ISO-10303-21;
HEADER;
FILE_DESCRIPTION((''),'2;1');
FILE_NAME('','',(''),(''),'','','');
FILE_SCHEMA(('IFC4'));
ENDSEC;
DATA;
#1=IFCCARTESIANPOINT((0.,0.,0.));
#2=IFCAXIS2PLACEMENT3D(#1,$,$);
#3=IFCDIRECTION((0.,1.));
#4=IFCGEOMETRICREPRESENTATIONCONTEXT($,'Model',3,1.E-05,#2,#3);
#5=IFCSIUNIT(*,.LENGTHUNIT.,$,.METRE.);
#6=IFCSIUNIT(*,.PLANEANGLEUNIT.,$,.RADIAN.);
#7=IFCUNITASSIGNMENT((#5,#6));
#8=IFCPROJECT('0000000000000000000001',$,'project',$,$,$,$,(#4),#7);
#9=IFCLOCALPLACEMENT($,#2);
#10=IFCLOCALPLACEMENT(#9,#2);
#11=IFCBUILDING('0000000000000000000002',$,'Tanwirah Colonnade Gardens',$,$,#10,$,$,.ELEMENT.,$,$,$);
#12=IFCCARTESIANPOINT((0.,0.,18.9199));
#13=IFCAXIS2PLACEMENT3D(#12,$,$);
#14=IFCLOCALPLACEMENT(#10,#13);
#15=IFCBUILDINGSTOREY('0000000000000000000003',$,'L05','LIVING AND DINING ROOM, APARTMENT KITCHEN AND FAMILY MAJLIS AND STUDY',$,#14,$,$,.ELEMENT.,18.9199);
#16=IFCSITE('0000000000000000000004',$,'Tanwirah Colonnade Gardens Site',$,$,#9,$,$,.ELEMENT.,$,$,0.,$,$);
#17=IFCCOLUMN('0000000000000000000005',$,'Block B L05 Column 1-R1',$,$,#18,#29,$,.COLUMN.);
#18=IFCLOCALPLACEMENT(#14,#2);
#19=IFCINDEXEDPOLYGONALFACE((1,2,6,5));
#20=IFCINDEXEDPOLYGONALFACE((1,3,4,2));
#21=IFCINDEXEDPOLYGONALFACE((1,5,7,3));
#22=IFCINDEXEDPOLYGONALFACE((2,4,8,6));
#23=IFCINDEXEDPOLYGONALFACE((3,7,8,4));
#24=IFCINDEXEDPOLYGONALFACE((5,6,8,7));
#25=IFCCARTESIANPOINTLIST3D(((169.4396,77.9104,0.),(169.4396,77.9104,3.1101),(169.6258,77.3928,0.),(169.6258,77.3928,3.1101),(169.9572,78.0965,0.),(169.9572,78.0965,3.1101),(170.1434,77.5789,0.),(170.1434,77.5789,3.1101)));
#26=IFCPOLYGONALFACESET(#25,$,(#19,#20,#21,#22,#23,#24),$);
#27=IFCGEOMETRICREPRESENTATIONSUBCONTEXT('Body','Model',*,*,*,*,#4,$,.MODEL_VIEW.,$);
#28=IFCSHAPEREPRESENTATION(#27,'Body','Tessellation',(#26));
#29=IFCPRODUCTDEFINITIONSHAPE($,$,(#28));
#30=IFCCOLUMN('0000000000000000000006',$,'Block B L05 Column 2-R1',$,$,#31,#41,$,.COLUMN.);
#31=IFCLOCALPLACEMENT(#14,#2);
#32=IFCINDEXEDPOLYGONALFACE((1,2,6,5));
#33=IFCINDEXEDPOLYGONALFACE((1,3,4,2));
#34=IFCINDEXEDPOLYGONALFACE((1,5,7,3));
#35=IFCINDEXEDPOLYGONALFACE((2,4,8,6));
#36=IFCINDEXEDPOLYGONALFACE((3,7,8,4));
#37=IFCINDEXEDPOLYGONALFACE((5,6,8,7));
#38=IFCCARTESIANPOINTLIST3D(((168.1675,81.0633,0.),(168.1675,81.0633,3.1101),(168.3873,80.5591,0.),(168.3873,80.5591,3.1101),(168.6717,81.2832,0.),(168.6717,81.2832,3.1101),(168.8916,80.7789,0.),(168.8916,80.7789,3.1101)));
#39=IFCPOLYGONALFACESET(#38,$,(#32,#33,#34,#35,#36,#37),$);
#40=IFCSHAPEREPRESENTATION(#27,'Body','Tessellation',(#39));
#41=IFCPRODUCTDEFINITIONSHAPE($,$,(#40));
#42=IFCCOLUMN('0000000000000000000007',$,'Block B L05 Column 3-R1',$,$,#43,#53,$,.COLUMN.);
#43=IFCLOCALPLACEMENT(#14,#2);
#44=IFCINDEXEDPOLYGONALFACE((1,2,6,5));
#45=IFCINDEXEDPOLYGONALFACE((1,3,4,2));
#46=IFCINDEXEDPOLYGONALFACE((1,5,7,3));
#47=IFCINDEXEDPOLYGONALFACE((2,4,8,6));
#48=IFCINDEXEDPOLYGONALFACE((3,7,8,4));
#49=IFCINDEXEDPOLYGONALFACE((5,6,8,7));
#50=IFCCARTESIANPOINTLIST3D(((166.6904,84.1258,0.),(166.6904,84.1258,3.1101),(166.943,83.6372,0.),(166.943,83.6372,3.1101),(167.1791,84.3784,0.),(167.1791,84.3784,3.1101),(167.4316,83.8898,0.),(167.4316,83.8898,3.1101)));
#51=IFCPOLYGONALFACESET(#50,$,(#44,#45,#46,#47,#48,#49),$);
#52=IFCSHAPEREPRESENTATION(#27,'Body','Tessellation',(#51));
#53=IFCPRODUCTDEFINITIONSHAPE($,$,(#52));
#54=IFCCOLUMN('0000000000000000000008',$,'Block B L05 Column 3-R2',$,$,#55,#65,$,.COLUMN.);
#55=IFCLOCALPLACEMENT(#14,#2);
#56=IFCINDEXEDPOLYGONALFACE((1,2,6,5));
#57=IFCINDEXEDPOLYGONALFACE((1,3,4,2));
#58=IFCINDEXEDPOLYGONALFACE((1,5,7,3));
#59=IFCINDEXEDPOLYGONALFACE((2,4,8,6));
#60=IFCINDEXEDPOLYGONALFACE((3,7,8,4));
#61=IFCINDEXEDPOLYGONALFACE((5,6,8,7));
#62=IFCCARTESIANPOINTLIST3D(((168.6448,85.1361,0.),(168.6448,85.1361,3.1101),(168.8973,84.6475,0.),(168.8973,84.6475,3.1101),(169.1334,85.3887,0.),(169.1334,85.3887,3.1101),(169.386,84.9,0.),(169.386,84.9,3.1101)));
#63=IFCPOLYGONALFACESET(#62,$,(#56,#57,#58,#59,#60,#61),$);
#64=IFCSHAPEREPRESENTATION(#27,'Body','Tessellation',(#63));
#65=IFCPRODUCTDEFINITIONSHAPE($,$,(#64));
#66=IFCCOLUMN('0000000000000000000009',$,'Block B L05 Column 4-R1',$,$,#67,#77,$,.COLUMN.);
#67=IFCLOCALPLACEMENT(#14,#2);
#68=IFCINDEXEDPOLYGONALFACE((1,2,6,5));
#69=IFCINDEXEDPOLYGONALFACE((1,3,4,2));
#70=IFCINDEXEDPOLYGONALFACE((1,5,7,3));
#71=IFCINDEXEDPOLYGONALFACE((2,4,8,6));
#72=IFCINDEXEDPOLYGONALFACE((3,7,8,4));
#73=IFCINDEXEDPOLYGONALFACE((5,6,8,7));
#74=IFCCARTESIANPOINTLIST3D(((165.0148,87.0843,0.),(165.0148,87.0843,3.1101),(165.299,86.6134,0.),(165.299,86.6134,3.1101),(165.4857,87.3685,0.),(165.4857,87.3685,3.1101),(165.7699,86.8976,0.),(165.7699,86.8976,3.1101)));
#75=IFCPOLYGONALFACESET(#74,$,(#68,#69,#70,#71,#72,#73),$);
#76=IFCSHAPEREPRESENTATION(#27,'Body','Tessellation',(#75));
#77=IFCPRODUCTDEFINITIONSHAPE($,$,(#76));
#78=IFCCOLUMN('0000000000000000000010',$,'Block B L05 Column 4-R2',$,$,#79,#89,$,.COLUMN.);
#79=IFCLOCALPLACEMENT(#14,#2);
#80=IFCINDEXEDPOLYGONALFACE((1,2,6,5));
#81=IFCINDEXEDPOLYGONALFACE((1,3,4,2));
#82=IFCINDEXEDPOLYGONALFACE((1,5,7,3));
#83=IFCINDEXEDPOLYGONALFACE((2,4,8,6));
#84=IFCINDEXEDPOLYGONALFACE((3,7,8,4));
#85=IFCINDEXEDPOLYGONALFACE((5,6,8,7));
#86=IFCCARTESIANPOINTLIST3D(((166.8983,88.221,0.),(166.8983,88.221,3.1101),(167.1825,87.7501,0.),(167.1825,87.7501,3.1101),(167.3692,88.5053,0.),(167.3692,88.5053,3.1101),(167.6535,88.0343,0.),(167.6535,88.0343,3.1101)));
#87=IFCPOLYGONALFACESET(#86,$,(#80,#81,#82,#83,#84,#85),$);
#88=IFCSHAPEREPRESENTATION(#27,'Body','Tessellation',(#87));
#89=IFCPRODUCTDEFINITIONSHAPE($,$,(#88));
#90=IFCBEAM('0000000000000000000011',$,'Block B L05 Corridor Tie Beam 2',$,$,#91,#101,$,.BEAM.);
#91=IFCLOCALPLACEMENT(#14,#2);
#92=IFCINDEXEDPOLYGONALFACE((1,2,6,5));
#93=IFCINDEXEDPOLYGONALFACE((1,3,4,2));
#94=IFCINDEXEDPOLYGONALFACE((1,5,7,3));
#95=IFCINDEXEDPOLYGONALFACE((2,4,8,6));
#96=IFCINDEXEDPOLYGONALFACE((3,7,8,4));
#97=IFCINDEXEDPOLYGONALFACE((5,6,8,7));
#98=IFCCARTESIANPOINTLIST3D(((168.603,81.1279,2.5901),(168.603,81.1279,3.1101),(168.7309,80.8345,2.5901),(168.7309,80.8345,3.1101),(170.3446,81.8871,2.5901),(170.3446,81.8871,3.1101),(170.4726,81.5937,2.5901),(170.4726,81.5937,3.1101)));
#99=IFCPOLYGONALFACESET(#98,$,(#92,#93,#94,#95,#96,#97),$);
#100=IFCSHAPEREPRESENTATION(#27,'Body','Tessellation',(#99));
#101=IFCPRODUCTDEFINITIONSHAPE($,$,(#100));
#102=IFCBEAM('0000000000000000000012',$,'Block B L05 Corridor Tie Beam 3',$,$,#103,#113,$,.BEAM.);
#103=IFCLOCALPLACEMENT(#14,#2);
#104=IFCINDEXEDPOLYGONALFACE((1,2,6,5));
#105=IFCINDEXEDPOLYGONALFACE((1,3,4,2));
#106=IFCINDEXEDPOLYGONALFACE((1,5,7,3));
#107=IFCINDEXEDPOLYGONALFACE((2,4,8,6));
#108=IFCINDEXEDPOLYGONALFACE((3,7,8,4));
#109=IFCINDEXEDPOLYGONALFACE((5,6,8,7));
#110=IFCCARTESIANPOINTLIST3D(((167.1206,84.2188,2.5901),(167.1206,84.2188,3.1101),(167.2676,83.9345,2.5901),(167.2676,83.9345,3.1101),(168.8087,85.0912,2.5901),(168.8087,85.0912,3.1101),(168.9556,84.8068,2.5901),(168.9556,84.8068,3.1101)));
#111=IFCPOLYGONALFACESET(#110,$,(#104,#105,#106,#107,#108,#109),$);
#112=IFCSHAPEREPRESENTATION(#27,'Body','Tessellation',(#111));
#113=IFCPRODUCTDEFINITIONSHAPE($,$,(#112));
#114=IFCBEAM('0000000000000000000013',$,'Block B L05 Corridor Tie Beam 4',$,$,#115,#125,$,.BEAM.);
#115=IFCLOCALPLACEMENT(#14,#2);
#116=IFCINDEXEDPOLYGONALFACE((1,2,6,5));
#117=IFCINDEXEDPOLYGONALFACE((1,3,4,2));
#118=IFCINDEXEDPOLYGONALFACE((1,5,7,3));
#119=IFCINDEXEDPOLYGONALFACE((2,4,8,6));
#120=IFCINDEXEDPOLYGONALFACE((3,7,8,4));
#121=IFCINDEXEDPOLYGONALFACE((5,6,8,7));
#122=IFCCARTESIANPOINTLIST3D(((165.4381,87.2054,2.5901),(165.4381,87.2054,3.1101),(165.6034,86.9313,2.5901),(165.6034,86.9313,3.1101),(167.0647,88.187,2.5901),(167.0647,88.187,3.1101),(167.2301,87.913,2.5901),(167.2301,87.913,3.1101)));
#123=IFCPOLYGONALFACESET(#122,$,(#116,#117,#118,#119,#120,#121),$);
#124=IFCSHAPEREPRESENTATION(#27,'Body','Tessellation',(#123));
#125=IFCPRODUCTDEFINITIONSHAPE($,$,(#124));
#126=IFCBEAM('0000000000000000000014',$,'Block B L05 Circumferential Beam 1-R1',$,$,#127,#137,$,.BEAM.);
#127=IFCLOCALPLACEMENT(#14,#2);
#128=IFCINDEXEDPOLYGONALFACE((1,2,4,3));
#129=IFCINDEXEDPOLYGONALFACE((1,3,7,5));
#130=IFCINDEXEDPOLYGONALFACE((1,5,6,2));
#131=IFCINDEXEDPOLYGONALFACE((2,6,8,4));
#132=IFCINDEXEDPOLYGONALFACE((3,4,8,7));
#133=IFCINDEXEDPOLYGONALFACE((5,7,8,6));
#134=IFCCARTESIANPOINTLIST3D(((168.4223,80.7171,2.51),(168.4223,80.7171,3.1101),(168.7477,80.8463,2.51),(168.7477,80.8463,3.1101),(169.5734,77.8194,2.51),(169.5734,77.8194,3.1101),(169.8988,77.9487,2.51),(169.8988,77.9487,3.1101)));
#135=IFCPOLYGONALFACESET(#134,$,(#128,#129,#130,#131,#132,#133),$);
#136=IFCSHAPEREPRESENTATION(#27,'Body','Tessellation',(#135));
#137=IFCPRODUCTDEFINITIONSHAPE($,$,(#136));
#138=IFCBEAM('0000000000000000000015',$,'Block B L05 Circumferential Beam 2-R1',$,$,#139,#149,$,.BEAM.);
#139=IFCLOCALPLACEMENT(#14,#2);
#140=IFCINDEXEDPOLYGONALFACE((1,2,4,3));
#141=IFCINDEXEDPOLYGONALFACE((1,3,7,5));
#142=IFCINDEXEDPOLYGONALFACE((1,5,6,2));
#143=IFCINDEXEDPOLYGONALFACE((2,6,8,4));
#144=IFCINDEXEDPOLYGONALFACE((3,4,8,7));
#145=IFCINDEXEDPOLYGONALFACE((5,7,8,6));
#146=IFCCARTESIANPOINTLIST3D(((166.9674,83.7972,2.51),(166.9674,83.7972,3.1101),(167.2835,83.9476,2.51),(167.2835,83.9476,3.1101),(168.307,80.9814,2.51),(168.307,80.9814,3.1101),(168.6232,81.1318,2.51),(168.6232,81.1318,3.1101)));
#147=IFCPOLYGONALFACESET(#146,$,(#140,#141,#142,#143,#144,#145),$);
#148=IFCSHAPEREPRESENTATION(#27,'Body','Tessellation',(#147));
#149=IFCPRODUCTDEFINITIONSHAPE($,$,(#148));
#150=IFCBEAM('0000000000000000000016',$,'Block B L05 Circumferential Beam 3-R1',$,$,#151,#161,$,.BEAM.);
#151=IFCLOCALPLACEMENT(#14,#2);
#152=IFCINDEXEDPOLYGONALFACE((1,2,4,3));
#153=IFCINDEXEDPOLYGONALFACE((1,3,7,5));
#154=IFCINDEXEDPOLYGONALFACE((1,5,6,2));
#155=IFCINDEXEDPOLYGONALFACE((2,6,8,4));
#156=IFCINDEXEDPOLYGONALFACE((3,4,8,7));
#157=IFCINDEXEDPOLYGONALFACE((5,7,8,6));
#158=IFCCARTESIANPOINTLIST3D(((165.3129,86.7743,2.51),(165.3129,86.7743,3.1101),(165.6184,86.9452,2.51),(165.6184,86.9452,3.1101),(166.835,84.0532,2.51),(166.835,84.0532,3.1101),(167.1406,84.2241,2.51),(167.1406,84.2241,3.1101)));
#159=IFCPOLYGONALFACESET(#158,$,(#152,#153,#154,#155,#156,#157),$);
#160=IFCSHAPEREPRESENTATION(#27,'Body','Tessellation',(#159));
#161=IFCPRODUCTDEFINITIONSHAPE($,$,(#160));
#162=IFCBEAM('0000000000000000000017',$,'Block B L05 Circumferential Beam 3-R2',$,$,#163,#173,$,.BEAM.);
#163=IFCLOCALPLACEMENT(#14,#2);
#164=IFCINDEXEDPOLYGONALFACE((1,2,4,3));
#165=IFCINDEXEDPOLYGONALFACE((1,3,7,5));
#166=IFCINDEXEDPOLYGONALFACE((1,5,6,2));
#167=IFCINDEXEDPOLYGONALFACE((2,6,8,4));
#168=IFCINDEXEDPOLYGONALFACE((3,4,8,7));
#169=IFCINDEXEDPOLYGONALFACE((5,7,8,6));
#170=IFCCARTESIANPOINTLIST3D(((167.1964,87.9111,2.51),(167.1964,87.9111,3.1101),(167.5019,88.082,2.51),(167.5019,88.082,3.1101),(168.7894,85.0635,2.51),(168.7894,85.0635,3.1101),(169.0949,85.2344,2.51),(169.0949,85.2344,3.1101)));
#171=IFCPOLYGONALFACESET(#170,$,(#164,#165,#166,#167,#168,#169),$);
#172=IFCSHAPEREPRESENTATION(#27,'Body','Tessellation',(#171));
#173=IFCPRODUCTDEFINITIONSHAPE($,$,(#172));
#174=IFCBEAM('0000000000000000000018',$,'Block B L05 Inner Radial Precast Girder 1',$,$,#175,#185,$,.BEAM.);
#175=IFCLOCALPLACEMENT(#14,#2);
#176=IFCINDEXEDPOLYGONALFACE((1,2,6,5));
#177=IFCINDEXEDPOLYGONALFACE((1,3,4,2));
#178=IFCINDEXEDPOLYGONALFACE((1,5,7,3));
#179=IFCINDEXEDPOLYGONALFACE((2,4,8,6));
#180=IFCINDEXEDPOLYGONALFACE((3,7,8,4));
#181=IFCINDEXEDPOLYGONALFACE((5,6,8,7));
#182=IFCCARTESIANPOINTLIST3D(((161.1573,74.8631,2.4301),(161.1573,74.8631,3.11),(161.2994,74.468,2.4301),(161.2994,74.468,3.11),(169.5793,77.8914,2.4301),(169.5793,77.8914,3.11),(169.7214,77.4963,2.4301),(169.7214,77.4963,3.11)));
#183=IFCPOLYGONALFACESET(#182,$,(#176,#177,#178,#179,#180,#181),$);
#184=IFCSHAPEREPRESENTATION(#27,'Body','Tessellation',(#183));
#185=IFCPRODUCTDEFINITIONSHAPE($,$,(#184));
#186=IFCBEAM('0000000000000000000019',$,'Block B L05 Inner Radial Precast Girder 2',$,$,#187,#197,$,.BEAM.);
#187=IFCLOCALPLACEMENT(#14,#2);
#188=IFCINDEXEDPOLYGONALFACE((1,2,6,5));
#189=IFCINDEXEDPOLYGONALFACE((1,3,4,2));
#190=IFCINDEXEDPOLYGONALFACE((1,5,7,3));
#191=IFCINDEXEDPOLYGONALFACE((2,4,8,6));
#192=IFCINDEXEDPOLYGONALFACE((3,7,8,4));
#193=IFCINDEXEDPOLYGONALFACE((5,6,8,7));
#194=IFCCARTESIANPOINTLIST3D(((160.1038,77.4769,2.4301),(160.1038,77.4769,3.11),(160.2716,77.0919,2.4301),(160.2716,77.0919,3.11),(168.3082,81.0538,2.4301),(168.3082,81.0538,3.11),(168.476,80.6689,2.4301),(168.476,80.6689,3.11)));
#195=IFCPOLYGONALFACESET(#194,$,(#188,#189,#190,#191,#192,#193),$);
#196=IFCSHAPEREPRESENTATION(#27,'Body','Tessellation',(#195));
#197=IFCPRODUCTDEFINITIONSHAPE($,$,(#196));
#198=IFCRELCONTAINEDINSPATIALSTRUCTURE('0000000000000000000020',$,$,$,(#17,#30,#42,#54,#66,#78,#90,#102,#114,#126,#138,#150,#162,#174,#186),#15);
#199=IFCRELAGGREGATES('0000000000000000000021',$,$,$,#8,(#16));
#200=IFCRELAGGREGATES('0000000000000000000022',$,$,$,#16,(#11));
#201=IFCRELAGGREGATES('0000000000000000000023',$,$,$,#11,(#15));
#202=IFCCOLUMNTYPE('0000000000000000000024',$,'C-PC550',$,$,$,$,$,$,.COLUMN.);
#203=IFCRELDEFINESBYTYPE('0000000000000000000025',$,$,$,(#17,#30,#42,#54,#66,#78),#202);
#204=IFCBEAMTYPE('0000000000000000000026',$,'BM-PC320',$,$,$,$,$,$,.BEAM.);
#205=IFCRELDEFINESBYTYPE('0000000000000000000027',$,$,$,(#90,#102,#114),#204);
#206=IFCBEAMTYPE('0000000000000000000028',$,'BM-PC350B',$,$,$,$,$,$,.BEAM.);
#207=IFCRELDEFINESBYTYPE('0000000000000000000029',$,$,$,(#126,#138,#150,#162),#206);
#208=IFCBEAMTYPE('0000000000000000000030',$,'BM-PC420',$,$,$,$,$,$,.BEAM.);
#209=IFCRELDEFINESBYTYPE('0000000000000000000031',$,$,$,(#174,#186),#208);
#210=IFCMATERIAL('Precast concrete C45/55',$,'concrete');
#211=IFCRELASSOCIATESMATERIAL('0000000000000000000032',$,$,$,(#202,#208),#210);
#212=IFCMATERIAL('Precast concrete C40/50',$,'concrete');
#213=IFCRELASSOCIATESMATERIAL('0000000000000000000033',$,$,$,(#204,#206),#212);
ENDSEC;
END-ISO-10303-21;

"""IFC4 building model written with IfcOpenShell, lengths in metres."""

from ifc_helpers import new_model, si_unit, direction, frame, origin, origin_2d, place, context, subcontext, project, spatial, rectangle, extrude, material, material_profile, profile_set, type_object, element, save


model = new_model("IFC4")

# Units and contexts
model_context = context("Model", 3, precision=1e-05, world=origin(), true_north=direction((0.0, 1.0)))
body_context = subcontext(model_context, "Body", "Model", "MODEL_VIEW")
ifc_project = project(units=[si_unit("LENGTHUNIT", "METRE"), si_unit("PLANEANGLEUNIT", "RADIAN")], contexts=[model_context])

# Site, building, storey
site_placement = place(None, origin())
site = spatial("IfcSite", under=ifc_project, at=site_placement, Name="Tanwirah Colonnade Gardens Site", CompositionType="ELEMENT", RefElevation=0.0)
building_placement = place(site_placement, origin())
building = spatial("IfcBuilding", under=site, at=building_placement, Name="Tanwirah Colonnade Gardens", CompositionType="ELEMENT")
storey_placement = place(building_placement, frame((0.0, 0.0, 18.9199)))
storey = spatial("IfcBuildingStorey", under=building, at=storey_placement, Name="L05", Description="LIVING AND DINING ROOM, APARTMENT KITCHEN AND FAMILY MAJLIS AND STUDY", CompositionType="ELEMENT", Elevation=18.9199)

# Columns
ifc_material_1 = material(Name="Precast concrete C45/55", Category="concrete")
ifc_material_profile_1 = material_profile(ifc_material_1, rectangle(XDim=0.55, YDim=0.55, at=origin_2d()), Name="PC-COL 550x550")
ifc_profile_set_1 = profile_set([ifc_material_profile_1], Name="Precast concrete C45/55")
column_type = type_object("IfcColumnType", Name="C-PC550", PredefinedType="COLUMN", material=ifc_profile_set_1)
for number, where, z_axis, x_axis, name in (
    (1, (169.7915, 77.7446, 0.0), (0.0, 0.0, 1.0), (0.941012, 0.338373, 0.0), "Block B L05 Column 1-R1"),
    (2, (168.5295, 80.9211, 0.0), (0.0, 0.0, 1.0), (0.916673, 0.399638, 0.0), "Block B L05 Column 2-R1"),
    (3, (167.061, 84.0078, 0.0), (0.0, 0.0, 1.0), (0.88835, 0.459166, 0.0), "Block B L05 Column 3-R1"),
    (4, (169.0154, 85.0181, 0.0), (0.0, 0.0, 1.0), (0.88835, 0.459166, 0.0), "Block B L05 Column 3-R2"),
    (5, (165.3923, 86.991, 0.0), (0.0, 0.0, 1.0), (0.856167, 0.516699, 0.0), "Block B L05 Column 4-R1"),
    (6, (167.2759, 88.1277, 0.0), (0.0, 0.0, 1.0), (0.856167, 0.516699, 0.0), "Block B L05 Column 4-R2"),
):
    element("IfcColumn", number, at=place(storey_placement, frame(where, z_axis=z_axis, x_axis=x_axis)), inside=storey, type_object=column_type, Name=name, PredefinedType="COLUMN", context=body_context, shape_type="SweptSolid", body=[
        extrude(rectangle(XDim=0.55, YDim=0.55, at=origin_2d()), origin(), (0.0, 0.0, 1.0), 3.1101),
    ])

# Beams
ifc_material_2 = material(Name="Precast concrete C40/50", Category="concrete")
ifc_material_profile_2 = material_profile(ifc_material_2, rectangle(XDim=0.3201, YDim=0.52, at=origin_2d()), Name="PC-BM 320x520")
ifc_profile_set_2 = profile_set([ifc_material_profile_2], Name="Precast concrete C40/50")
beam_type_1 = type_object("IfcBeamType", Name="BM-PC320", PredefinedType="BEAM", material=ifc_profile_set_2)
beam_1_placement = place(storey_placement, frame((168.667, 80.9812, 2.8501), z_axis=(0.916681, 0.399619, 0.0), x_axis=(-0.399619, 0.916681, 0.0)))
element("IfcBeam", 7, at=beam_1_placement, inside=storey, type_object=beam_type_1, Name="Block B L05 Corridor Tie Beam 2", PredefinedType="BEAM", context=body_context, shape_type="SweptSolid", body=[
    extrude(rectangle(XDim=0.3201, YDim=0.52, at=origin_2d()), origin(), (0.0, 0.0, 1.0), 1.8999),
])
beam_2_placement = place(storey_placement, frame((167.1941, 84.0767, 2.8501), z_axis=(0.888386, 0.459098, 0.0), x_axis=(-0.459098, 0.888386, 0.0)))
element("IfcBeam", 8, at=beam_2_placement, inside=storey, type_object=beam_type_1, Name="Block B L05 Corridor Tie Beam 3", PredefinedType="BEAM", context=body_context, shape_type="SweptSolid", body=[
    extrude(rectangle(XDim=0.3201, YDim=0.52, at=origin_2d()), origin(), (0.0, 0.0, 1.0), 1.9001),
])
beam_3_placement = place(storey_placement, frame((165.5208, 87.0684, 2.8501), z_axis=(0.856175, 0.516686, 0.0), x_axis=(-0.516686, 0.856175, 0.0)))
element("IfcBeam", 9, at=beam_3_placement, inside=storey, type_object=beam_type_1, Name="Block B L05 Corridor Tie Beam 4", PredefinedType="BEAM", context=body_context, shape_type="SweptSolid", body=[
    extrude(rectangle(XDim=0.3201, YDim=0.52, at=origin_2d()), origin(), (0.0, 0.0, 1.0), 1.8999),
])
ifc_material_profile_3 = material_profile(ifc_material_2, rectangle(XDim=0.3501, YDim=0.6001, at=origin_2d()), Name="PC-BM 350x600")
ifc_profile_set_3 = profile_set([ifc_material_profile_3], Name="Precast concrete C40/50")
beam_type_2 = type_object("IfcBeamType", Name="BM-PC350B", PredefinedType="BEAM", material=ifc_profile_set_3)
beam_4_placement = place(storey_placement, frame((169.7361, 77.884, 2.8101), z_axis=(-0.369189, 0.929354, 0.0), x_axis=(-0.929354, -0.369189, 0.0)))
element("IfcBeam", 10, at=beam_4_placement, inside=storey, type_object=beam_type_2, Name="Block B L05 Circumferential Beam 1-R1", PredefinedType="BEAM", context=body_context, shape_type="SweptSolid", body=[
    extrude(rectangle(XDim=0.3501, YDim=0.6001, at=origin_2d()), origin(), (0.0, 0.0, 1.0), 3.1179),
])
beam_5_placement = place(storey_placement, frame((168.4651, 81.0566, 2.8101), z_axis=(-0.429621, 0.90301, 0.0), x_axis=(-0.90301, -0.429621, 0.0)))
element("IfcBeam", 11, at=beam_5_placement, inside=storey, type_object=beam_type_2, Name="Block B L05 Circumferential Beam 2-R1", PredefinedType="BEAM", context=body_context, shape_type="SweptSolid", body=[
    extrude(rectangle(XDim=0.3501, YDim=0.6001, at=origin_2d()), origin(), (0.0, 0.0, 1.0), 3.1182),
])
beam_6_placement = place(storey_placement, frame((166.9878, 84.1387, 2.8101), z_axis=(-0.4882, 0.872732, 0.0), x_axis=(-0.872732, -0.4882, 0.0)))
element("IfcBeam", 12, at=beam_6_placement, inside=storey, type_object=beam_type_2, Name="Block B L05 Circumferential Beam 3-R1", PredefinedType="BEAM", context=body_context, shape_type="SweptSolid", body=[
    extrude(rectangle(XDim=0.3501, YDim=0.6001, at=origin_2d()), origin(), (0.0, 0.0, 1.0), 3.1179),
])
beam_7_placement = place(storey_placement, frame((168.9421, 85.1489, 2.8101), z_axis=(-0.488214, 0.872724, 0.0), x_axis=(-0.872724, -0.488214, 0.0)))
element("IfcBeam", 13, at=beam_7_placement, inside=storey, type_object=beam_type_2, Name="Block B L05 Circumferential Beam 3-R2", PredefinedType="BEAM", context=body_context, shape_type="SweptSolid", body=[
    extrude(rectangle(XDim=0.3501, YDim=0.6001, at=origin_2d()), origin(), (0.0, 0.0, 1.0), 3.2629),
])
ifc_material_profile_4 = material_profile(ifc_material_1, rectangle(XDim=0.4199, YDim=0.6799, at=origin_2d()), Name="PC-BM 420x680")
ifc_profile_set_4 = profile_set([ifc_material_profile_4], Name="Precast concrete C45/55")
beam_type_3 = type_object("IfcBeamType", Name="BM-PC420", PredefinedType="BEAM", material=ifc_profile_set_4)
beam_8_placement = place(storey_placement, frame((169.6504, 77.6938, 2.77), z_axis=(-0.941017, -0.338359, 0.0), x_axis=(0.338359, -0.941017, 0.0)))
element("IfcBeam", 14, at=beam_8_placement, inside=storey, type_object=beam_type_3, Name="Block B L05 Inner Radial Precast Girder 1", PredefinedType="BEAM", context=body_context, shape_type="SweptSolid", body=[
    extrude(rectangle(XDim=0.4199, YDim=0.6799, at=origin_2d()), origin(), (0.0, 0.0, 1.0), 8.95),
])
beam_9_placement = place(storey_placement, frame((168.3921, 80.8613, 2.77), z_axis=(-0.916669, -0.399647, 0.0), x_axis=(0.399647, -0.916669, 0.0)))
element("IfcBeam", 15, at=beam_9_placement, inside=storey, type_object=beam_type_3, Name="Block B L05 Inner Radial Precast Girder 2", PredefinedType="BEAM", context=body_context, shape_type="SweptSolid", body=[
    extrude(rectangle(XDim=0.4199, YDim=0.6799, at=origin_2d()), origin(), (0.0, 0.0, 1.0), 8.9502),
])

save(model, "model.ifc")
